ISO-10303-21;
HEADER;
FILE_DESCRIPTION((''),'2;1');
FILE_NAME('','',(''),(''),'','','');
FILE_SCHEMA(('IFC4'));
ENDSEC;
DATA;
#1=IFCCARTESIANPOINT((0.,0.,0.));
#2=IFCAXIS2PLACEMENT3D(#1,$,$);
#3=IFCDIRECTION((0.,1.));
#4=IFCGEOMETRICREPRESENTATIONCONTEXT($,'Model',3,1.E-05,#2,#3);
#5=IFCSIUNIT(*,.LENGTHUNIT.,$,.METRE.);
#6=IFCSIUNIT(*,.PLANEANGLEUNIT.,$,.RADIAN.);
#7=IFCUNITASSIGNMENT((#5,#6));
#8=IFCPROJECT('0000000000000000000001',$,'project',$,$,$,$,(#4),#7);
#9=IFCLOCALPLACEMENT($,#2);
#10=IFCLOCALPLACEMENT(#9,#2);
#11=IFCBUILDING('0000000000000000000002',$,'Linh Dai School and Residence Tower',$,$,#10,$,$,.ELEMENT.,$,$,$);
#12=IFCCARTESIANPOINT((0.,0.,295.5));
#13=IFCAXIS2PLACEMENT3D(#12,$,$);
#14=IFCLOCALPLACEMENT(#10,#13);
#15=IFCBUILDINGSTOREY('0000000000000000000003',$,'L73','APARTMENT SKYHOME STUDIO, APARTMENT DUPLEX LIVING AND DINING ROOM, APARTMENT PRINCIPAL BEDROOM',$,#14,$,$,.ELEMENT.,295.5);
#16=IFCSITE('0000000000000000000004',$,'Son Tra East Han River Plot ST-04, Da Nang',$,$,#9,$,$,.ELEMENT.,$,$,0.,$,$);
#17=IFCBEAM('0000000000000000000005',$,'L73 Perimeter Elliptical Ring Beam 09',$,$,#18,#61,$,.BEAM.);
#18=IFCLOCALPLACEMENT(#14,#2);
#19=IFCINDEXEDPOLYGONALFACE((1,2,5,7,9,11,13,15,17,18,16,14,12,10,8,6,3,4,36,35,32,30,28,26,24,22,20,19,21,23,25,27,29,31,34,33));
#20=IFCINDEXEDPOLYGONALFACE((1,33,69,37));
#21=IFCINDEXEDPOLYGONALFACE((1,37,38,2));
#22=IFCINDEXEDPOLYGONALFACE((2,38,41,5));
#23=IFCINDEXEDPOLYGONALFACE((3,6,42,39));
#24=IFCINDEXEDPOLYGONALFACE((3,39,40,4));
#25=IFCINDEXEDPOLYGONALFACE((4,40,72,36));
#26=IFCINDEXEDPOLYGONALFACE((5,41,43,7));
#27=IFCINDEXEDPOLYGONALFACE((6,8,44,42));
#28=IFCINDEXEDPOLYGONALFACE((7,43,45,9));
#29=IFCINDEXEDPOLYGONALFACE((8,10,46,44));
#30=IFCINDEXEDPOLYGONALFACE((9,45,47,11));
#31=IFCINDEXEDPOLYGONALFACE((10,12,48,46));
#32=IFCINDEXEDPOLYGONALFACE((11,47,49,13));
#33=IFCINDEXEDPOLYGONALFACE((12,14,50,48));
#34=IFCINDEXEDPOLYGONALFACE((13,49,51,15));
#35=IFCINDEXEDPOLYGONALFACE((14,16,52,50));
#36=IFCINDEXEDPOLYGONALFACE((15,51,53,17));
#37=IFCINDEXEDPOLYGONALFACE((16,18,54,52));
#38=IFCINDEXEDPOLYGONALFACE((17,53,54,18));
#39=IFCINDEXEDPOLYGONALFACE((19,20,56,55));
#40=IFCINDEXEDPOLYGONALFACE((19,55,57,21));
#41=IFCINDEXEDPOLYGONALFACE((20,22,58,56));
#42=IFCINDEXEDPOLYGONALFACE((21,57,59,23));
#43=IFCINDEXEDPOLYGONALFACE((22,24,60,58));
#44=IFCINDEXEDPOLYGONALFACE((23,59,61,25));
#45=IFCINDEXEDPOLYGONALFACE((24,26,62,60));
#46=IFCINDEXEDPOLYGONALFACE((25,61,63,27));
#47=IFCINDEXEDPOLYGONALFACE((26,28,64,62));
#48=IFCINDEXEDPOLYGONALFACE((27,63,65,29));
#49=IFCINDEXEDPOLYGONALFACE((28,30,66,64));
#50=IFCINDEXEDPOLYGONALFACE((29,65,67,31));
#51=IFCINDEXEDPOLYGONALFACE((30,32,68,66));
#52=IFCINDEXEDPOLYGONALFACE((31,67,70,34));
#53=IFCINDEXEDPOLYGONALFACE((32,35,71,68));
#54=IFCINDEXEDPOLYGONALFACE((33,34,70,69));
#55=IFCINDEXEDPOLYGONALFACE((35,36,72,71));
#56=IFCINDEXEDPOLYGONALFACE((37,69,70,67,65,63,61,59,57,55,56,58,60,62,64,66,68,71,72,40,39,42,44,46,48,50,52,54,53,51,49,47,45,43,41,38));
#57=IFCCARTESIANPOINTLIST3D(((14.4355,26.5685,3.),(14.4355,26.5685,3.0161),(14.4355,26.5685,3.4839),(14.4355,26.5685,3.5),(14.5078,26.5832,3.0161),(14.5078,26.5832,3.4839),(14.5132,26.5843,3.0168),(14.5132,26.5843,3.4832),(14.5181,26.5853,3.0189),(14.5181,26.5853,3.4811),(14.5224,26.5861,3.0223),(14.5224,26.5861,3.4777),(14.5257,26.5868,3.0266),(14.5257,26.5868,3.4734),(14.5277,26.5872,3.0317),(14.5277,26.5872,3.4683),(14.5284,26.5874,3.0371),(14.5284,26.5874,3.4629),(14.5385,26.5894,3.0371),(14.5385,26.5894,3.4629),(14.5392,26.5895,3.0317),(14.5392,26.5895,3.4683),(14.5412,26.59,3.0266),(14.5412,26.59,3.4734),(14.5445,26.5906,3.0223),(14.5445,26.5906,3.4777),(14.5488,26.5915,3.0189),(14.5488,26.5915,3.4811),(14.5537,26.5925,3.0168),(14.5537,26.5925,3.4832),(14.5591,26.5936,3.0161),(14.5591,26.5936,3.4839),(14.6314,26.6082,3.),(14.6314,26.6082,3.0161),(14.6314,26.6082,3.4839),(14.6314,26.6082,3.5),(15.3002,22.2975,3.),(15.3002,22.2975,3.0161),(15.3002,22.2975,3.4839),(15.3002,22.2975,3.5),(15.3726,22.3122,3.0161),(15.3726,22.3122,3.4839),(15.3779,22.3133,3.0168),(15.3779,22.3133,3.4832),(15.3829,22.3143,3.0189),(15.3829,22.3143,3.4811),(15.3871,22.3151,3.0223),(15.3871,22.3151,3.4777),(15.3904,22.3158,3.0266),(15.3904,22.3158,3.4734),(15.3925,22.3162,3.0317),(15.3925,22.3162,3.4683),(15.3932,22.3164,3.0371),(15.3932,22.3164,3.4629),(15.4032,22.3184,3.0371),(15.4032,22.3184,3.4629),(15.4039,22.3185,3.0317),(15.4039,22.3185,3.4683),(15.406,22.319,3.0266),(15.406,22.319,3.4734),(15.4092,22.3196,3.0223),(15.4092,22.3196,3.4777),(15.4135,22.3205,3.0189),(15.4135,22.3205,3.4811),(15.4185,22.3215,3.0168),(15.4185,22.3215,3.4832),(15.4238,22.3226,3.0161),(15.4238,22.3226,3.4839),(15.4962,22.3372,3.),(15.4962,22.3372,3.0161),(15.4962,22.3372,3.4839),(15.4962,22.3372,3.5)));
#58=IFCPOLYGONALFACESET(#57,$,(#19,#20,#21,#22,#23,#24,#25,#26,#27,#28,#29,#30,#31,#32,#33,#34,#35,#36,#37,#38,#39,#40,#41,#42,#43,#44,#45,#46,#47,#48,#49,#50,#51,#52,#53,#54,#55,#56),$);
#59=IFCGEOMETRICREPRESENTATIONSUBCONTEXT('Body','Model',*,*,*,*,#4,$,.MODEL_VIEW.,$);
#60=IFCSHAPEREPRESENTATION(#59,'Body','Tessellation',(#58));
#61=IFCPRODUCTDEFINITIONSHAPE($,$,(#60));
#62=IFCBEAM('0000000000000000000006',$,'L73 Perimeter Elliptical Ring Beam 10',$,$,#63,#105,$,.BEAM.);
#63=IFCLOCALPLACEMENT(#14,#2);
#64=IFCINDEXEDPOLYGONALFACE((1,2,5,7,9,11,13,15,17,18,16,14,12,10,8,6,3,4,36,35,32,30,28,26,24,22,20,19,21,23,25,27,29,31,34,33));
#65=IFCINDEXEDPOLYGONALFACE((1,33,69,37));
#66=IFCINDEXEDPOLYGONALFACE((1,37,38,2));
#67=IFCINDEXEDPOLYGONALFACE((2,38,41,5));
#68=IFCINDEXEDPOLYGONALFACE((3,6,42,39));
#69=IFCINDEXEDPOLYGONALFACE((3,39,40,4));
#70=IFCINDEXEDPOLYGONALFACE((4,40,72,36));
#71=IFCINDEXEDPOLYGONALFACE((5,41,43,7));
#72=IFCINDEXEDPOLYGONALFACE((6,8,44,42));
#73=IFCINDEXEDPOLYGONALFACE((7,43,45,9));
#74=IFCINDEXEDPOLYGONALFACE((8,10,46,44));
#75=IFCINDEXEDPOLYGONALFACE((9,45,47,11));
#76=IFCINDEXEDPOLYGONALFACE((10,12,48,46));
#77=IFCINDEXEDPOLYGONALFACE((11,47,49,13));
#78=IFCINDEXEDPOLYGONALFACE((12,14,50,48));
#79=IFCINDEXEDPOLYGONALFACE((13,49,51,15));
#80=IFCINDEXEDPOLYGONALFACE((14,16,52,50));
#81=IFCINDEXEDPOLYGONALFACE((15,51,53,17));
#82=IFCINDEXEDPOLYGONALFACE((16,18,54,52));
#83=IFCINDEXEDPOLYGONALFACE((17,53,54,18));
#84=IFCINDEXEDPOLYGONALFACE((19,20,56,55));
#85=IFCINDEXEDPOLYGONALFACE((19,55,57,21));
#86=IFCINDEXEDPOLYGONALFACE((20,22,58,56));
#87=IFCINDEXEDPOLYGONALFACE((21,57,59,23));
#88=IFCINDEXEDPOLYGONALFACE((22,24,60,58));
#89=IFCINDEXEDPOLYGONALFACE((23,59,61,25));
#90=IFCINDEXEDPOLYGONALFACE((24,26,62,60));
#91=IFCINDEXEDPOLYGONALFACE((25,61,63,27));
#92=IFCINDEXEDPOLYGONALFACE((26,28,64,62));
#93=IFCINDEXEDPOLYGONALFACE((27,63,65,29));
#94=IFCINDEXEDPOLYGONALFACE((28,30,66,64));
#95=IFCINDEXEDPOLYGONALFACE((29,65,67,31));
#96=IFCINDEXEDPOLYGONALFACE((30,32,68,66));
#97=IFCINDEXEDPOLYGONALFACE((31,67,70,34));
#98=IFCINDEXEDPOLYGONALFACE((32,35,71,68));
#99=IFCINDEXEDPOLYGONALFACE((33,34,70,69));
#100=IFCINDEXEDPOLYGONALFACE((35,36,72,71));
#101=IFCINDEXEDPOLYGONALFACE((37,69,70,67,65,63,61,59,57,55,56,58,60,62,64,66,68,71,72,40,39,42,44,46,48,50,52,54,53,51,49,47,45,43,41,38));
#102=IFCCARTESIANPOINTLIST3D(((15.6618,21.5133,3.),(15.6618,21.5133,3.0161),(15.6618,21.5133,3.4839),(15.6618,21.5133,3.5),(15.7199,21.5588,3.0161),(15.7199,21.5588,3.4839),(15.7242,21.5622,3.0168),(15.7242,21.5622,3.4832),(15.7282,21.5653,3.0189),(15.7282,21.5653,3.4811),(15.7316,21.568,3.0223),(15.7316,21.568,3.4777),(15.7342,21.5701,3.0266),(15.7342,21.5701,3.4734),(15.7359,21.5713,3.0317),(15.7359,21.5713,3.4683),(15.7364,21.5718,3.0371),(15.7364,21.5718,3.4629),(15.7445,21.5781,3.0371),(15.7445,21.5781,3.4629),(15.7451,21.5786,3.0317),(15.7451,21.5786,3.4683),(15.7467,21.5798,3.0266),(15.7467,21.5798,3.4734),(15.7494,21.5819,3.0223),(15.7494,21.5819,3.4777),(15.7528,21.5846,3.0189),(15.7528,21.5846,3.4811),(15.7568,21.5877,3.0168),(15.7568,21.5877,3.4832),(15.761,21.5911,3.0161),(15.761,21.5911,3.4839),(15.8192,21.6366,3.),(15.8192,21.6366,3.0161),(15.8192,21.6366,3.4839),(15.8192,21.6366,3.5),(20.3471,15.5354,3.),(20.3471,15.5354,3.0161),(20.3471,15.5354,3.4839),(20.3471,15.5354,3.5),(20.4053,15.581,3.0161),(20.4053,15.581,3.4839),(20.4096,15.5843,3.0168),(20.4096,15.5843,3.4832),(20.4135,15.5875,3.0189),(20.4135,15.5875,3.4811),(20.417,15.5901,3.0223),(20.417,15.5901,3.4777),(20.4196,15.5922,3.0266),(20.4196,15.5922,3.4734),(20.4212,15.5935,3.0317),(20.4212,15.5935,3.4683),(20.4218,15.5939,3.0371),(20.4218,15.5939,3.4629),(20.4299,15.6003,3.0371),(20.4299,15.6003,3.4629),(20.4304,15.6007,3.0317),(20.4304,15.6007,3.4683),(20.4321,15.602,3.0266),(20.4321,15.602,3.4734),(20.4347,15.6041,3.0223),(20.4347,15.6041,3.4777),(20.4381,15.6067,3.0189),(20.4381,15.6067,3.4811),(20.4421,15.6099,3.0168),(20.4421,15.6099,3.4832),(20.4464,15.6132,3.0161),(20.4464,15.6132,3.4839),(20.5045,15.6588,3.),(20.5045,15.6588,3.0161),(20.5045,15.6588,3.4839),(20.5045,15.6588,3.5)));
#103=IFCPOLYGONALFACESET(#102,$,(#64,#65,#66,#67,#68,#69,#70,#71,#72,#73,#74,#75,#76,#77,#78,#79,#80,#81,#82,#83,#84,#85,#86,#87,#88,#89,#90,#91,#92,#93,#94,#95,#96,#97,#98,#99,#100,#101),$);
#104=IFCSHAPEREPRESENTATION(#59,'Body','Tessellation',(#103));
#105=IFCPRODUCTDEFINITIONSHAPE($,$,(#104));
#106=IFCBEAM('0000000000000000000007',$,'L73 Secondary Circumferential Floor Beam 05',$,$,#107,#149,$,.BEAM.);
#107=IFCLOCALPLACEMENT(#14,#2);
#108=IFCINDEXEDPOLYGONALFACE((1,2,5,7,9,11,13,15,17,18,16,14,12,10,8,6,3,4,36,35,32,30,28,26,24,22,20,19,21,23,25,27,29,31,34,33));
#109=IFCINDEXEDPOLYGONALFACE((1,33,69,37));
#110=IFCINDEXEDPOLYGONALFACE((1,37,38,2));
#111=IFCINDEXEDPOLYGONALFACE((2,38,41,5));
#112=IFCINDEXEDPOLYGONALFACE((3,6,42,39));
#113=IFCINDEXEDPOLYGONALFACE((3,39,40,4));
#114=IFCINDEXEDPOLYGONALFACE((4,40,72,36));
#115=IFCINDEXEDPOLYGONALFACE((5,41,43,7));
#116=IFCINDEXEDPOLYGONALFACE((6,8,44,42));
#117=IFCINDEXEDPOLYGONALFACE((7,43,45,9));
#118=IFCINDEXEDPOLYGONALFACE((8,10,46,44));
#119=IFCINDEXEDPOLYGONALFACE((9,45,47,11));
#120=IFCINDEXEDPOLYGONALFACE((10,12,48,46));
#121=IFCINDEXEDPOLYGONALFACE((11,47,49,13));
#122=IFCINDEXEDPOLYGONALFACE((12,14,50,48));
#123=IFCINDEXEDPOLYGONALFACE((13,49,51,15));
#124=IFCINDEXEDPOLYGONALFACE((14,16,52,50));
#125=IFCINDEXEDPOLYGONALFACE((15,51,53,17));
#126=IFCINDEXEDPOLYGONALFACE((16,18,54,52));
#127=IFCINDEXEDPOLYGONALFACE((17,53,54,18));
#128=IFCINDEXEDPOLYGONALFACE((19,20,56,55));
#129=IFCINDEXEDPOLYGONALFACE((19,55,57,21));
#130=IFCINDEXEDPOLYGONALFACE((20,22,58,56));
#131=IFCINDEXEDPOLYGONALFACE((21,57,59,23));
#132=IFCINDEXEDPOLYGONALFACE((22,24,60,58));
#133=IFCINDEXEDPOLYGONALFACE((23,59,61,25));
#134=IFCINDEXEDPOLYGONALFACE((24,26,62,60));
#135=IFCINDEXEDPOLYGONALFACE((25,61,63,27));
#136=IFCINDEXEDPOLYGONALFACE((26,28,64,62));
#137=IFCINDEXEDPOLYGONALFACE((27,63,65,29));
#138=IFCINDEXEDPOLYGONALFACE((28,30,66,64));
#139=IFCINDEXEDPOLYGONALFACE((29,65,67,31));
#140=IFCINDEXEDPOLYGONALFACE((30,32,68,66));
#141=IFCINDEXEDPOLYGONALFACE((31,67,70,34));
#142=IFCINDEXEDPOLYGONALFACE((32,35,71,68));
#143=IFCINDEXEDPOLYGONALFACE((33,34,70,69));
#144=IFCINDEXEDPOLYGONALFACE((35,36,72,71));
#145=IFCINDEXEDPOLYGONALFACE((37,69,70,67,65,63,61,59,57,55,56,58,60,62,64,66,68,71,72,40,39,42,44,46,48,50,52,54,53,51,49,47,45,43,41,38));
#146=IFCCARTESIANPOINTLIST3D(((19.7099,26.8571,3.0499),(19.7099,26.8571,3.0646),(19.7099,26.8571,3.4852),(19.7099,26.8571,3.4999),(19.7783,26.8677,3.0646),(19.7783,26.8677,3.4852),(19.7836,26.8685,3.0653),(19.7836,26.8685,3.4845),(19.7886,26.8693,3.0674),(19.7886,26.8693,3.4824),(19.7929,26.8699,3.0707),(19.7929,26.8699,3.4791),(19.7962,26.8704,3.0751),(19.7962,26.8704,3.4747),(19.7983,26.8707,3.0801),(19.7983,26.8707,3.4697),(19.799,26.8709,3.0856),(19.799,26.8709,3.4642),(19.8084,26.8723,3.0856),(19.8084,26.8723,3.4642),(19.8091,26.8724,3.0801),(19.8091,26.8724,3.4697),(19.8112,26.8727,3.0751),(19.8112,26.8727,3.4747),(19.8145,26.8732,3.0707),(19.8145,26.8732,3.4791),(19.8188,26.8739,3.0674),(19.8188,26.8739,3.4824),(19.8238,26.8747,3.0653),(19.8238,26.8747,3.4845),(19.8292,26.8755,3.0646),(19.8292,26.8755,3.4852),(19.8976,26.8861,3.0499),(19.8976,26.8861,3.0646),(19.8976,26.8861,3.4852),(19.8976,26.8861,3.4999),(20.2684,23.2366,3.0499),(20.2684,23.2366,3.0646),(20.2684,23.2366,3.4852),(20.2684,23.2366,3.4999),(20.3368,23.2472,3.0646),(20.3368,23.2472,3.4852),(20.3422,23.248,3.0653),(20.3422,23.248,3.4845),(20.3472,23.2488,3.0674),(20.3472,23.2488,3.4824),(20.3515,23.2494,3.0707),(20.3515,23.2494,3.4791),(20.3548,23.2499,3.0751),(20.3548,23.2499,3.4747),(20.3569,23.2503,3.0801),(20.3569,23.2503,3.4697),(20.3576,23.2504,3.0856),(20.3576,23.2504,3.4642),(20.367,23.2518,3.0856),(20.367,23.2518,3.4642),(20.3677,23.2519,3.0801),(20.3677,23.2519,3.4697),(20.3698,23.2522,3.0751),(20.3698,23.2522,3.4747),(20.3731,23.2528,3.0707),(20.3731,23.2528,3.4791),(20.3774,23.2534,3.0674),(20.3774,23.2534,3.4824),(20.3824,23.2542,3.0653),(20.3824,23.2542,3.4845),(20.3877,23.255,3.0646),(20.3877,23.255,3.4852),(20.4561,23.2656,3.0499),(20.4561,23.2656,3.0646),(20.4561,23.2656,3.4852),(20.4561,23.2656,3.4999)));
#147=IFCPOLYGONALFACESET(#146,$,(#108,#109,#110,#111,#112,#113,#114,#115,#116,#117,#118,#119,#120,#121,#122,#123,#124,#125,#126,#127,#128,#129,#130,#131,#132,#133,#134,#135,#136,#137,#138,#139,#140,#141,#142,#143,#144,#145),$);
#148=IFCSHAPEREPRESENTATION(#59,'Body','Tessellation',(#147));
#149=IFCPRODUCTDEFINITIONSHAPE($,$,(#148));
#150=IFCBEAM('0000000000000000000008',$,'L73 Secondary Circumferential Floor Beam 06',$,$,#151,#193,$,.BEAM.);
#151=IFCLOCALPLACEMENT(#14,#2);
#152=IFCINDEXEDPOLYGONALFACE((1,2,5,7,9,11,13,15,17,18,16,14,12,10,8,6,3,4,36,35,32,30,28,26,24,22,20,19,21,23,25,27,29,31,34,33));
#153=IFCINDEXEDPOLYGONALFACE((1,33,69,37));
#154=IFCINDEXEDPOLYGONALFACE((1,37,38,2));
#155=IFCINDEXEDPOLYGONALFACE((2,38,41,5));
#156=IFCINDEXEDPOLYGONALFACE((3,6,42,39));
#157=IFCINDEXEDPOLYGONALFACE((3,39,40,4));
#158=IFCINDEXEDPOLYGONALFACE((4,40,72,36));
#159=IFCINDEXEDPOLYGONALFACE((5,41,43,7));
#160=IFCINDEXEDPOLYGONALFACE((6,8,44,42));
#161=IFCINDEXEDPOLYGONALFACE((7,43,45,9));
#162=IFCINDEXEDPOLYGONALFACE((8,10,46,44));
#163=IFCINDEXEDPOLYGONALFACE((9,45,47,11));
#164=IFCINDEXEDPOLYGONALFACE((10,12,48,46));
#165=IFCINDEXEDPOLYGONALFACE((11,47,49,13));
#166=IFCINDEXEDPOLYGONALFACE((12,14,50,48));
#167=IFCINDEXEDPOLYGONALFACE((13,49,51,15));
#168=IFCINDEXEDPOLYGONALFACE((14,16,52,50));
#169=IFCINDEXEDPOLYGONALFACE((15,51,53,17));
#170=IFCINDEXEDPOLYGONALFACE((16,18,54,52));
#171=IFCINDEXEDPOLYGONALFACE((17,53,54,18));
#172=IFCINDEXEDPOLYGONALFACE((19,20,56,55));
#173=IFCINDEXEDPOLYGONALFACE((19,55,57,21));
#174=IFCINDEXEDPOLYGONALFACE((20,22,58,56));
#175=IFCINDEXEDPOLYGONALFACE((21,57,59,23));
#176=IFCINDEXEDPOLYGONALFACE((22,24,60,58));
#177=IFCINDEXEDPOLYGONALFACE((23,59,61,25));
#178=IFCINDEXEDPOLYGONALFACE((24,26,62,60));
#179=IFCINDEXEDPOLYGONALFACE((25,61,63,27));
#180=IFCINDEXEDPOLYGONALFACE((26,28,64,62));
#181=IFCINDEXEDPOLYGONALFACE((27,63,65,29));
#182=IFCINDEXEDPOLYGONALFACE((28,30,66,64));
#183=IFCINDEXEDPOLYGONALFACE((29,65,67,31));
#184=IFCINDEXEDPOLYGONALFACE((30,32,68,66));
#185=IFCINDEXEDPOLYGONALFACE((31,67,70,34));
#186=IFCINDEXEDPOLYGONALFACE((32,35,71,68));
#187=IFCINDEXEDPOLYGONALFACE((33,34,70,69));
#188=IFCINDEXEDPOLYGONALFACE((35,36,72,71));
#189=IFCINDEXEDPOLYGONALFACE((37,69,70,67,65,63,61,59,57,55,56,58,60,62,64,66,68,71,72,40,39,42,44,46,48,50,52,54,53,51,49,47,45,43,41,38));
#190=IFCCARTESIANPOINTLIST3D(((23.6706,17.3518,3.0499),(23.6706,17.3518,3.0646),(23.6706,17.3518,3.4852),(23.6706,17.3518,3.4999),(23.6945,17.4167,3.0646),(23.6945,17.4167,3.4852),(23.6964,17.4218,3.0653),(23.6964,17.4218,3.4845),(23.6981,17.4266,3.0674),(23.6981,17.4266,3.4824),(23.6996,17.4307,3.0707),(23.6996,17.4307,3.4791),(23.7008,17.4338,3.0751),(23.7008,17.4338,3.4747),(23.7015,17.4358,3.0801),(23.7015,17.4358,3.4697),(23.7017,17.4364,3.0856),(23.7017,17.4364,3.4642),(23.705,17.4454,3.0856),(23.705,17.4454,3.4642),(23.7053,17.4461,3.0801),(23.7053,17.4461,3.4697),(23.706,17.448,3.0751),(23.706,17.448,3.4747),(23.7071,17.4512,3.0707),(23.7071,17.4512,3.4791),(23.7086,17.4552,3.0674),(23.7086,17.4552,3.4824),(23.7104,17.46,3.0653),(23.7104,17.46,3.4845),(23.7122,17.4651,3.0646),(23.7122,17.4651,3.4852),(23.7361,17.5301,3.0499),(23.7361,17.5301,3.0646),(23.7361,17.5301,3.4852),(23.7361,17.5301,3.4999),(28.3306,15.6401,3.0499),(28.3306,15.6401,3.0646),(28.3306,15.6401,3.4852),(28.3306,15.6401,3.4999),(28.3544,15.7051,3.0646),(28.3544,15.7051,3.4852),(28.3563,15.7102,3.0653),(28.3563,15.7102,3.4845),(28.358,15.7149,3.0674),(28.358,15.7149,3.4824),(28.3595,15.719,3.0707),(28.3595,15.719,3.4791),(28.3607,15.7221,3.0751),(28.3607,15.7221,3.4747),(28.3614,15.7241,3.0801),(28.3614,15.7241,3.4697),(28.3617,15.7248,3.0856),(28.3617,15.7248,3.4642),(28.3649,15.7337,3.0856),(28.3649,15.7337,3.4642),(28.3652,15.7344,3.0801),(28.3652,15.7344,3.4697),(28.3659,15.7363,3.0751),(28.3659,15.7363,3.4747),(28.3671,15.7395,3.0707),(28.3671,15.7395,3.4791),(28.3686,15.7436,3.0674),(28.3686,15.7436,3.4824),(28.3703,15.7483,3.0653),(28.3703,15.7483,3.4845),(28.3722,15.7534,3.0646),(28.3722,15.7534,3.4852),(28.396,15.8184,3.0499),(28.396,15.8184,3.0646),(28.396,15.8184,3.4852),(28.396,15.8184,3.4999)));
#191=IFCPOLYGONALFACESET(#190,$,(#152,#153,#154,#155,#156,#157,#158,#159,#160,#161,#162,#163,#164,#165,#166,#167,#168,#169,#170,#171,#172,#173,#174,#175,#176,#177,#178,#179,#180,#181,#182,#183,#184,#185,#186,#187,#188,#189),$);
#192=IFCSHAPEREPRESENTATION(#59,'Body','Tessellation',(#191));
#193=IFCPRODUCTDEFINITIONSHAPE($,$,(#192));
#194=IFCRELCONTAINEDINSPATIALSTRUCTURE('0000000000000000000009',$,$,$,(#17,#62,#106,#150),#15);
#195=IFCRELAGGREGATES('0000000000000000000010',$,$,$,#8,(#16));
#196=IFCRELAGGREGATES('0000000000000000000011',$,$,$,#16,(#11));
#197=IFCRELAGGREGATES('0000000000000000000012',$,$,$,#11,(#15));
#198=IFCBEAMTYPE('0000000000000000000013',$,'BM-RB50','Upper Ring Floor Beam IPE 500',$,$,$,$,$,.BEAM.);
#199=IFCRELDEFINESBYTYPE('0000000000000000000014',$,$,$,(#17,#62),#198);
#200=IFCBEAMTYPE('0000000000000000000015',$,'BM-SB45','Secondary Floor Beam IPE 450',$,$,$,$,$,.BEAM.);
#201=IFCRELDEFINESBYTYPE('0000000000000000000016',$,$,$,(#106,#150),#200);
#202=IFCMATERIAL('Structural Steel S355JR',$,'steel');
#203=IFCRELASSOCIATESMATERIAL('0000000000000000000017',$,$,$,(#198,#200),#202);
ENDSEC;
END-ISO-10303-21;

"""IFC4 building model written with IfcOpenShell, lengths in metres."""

from ifc_helpers import new_model, si_unit, direction, frame, origin, origin_2d, place, context, subcontext, project, spatial, i_section, extrude, material, material_profile, profile_set, type_object, element, save


model = new_model("IFC4")

# Units and contexts
model_context = context("Model", 3, precision=1e-05, world=origin(), true_north=direction((0.0, 1.0)))
body_context = subcontext(model_context, "Body", "Model", "MODEL_VIEW")
ifc_project = project(units=[si_unit("LENGTHUNIT", "METRE"), si_unit("PLANEANGLEUNIT", "RADIAN")], contexts=[model_context])

# Site, building, storey
site_placement = place(None, origin())
site = spatial("IfcSite", under=ifc_project, at=site_placement, Name="Son Tra East Han River Plot ST-04, Da Nang", CompositionType="ELEMENT", RefElevation=0.0)
building_placement = place(site_placement, origin())
building = spatial("IfcBuilding", under=site, at=building_placement, Name="Linh Dai School and Residence Tower", CompositionType="ELEMENT")
storey_placement = place(building_placement, frame((0.0, 0.0, 295.5)))
storey = spatial("IfcBuildingStorey", under=building, at=storey_placement, Name="L73", Description="APARTMENT SKYHOME STUDIO, APARTMENT DUPLEX LIVING AND DINING ROOM, APARTMENT PRINCIPAL BEDROOM", CompositionType="ELEMENT", Elevation=295.5)

# Shared definitions
ifc_material_1 = material(Name="Structural Steel S355JR", Category="steel")

# Beams
ifc_material_profile_1 = material_profile(ifc_material_1, i_section(OverallWidth=0.2, OverallDepth=0.5, WebThickness=0.0103, FlangeThickness=0.0161, FilletRadius=0.021, at=origin_2d()), Name="IPE 500")
ifc_profile_set_1 = profile_set([ifc_material_profile_1], Name="Structural Steel S355JR")
beam_type_1 = type_object("IfcBeamType", Name="BM-RB50", Description="Upper Ring Floor Beam IPE 500", PredefinedType="BEAM", material=ifc_profile_set_1)
beam_1_placement = place(storey_placement, frame((14.5334, 26.5884, 3.25), z_axis=(0.198443, -0.980112, 0.0), x_axis=(0.980112, 0.198443, 0.0)))
element("IfcBeam", 1, at=beam_1_placement, inside=storey, type_object=beam_type_1, Name="L73 Perimeter Elliptical Ring Beam 09", PredefinedType="BEAM", context=body_context, shape_type="SweptSolid", body=[
    extrude(i_section(OverallWidth=0.2, OverallDepth=0.5, WebThickness=0.0103, FlangeThickness=0.0161, FilletRadius=0.021, at=origin_2d()), origin(), (0.0, 0.0, 1.0), 4.3577),
])
beam_2_placement = place(storey_placement, frame((15.7405, 21.575, 3.25), z_axis=(0.616883, -0.787055, 0.0), x_axis=(0.787055, 0.616883, 0.0)))
element("IfcBeam", 2, at=beam_2_placement, inside=storey, type_object=beam_type_1, Name="L73 Perimeter Elliptical Ring Beam 10", PredefinedType="BEAM", context=body_context, shape_type="SweptSolid", body=[
    extrude(i_section(OverallWidth=0.2, OverallDepth=0.5, WebThickness=0.0103, FlangeThickness=0.0161, FilletRadius=0.021, at=origin_2d()), origin(), (0.0, 0.0, 1.0), 7.5952),
])
ifc_material_profile_2 = material_profile(ifc_material_1, i_section(OverallWidth=0.1899, OverallDepth=0.45, WebThickness=0.0095, FlangeThickness=0.0146, FilletRadius=0.021, at=origin_2d()), Name="IPE 450")
ifc_profile_set_2 = profile_set([ifc_material_profile_2], Name="Structural Steel S355JR")
beam_type_2 = type_object("IfcBeamType", Name="BM-SB45", Description="Secondary Floor Beam IPE 450", PredefinedType="BEAM", material=ifc_profile_set_2)
beam_3_placement = place(storey_placement, frame((19.8037, 26.8716, 3.2749), z_axis=(0.152478, -0.988307, 0.0), x_axis=(0.988307, 0.152478, 0.0)))
element("IfcBeam", 3, at=beam_3_placement, inside=storey, type_object=beam_type_2, Name="L73 Secondary Circumferential Floor Beam 05", PredefinedType="BEAM", context=body_context, shape_type="SweptSolid", body=[
    extrude(i_section(OverallWidth=0.1899, OverallDepth=0.45, WebThickness=0.0095, FlangeThickness=0.0146, FilletRadius=0.021, at=origin_2d()), origin(), (0.0, 0.0, 1.0), 3.6633),
])
beam_4_placement = place(storey_placement, frame((23.7034, 17.4409, 3.2749), z_axis=(0.938679, -0.344794, 0.0), x_axis=(0.344794, 0.938679, 0.0)))
element("IfcBeam", 4, at=beam_4_placement, inside=storey, type_object=beam_type_2, Name="L73 Secondary Circumferential Floor Beam 06", PredefinedType="BEAM", context=body_context, shape_type="SweptSolid", body=[
    extrude(i_section(OverallWidth=0.1899, OverallDepth=0.45, WebThickness=0.0095, FlangeThickness=0.0146, FilletRadius=0.021, at=origin_2d()), origin(), (0.0, 0.0, 1.0), 4.9644),
])

save(model, "model.ifc")
